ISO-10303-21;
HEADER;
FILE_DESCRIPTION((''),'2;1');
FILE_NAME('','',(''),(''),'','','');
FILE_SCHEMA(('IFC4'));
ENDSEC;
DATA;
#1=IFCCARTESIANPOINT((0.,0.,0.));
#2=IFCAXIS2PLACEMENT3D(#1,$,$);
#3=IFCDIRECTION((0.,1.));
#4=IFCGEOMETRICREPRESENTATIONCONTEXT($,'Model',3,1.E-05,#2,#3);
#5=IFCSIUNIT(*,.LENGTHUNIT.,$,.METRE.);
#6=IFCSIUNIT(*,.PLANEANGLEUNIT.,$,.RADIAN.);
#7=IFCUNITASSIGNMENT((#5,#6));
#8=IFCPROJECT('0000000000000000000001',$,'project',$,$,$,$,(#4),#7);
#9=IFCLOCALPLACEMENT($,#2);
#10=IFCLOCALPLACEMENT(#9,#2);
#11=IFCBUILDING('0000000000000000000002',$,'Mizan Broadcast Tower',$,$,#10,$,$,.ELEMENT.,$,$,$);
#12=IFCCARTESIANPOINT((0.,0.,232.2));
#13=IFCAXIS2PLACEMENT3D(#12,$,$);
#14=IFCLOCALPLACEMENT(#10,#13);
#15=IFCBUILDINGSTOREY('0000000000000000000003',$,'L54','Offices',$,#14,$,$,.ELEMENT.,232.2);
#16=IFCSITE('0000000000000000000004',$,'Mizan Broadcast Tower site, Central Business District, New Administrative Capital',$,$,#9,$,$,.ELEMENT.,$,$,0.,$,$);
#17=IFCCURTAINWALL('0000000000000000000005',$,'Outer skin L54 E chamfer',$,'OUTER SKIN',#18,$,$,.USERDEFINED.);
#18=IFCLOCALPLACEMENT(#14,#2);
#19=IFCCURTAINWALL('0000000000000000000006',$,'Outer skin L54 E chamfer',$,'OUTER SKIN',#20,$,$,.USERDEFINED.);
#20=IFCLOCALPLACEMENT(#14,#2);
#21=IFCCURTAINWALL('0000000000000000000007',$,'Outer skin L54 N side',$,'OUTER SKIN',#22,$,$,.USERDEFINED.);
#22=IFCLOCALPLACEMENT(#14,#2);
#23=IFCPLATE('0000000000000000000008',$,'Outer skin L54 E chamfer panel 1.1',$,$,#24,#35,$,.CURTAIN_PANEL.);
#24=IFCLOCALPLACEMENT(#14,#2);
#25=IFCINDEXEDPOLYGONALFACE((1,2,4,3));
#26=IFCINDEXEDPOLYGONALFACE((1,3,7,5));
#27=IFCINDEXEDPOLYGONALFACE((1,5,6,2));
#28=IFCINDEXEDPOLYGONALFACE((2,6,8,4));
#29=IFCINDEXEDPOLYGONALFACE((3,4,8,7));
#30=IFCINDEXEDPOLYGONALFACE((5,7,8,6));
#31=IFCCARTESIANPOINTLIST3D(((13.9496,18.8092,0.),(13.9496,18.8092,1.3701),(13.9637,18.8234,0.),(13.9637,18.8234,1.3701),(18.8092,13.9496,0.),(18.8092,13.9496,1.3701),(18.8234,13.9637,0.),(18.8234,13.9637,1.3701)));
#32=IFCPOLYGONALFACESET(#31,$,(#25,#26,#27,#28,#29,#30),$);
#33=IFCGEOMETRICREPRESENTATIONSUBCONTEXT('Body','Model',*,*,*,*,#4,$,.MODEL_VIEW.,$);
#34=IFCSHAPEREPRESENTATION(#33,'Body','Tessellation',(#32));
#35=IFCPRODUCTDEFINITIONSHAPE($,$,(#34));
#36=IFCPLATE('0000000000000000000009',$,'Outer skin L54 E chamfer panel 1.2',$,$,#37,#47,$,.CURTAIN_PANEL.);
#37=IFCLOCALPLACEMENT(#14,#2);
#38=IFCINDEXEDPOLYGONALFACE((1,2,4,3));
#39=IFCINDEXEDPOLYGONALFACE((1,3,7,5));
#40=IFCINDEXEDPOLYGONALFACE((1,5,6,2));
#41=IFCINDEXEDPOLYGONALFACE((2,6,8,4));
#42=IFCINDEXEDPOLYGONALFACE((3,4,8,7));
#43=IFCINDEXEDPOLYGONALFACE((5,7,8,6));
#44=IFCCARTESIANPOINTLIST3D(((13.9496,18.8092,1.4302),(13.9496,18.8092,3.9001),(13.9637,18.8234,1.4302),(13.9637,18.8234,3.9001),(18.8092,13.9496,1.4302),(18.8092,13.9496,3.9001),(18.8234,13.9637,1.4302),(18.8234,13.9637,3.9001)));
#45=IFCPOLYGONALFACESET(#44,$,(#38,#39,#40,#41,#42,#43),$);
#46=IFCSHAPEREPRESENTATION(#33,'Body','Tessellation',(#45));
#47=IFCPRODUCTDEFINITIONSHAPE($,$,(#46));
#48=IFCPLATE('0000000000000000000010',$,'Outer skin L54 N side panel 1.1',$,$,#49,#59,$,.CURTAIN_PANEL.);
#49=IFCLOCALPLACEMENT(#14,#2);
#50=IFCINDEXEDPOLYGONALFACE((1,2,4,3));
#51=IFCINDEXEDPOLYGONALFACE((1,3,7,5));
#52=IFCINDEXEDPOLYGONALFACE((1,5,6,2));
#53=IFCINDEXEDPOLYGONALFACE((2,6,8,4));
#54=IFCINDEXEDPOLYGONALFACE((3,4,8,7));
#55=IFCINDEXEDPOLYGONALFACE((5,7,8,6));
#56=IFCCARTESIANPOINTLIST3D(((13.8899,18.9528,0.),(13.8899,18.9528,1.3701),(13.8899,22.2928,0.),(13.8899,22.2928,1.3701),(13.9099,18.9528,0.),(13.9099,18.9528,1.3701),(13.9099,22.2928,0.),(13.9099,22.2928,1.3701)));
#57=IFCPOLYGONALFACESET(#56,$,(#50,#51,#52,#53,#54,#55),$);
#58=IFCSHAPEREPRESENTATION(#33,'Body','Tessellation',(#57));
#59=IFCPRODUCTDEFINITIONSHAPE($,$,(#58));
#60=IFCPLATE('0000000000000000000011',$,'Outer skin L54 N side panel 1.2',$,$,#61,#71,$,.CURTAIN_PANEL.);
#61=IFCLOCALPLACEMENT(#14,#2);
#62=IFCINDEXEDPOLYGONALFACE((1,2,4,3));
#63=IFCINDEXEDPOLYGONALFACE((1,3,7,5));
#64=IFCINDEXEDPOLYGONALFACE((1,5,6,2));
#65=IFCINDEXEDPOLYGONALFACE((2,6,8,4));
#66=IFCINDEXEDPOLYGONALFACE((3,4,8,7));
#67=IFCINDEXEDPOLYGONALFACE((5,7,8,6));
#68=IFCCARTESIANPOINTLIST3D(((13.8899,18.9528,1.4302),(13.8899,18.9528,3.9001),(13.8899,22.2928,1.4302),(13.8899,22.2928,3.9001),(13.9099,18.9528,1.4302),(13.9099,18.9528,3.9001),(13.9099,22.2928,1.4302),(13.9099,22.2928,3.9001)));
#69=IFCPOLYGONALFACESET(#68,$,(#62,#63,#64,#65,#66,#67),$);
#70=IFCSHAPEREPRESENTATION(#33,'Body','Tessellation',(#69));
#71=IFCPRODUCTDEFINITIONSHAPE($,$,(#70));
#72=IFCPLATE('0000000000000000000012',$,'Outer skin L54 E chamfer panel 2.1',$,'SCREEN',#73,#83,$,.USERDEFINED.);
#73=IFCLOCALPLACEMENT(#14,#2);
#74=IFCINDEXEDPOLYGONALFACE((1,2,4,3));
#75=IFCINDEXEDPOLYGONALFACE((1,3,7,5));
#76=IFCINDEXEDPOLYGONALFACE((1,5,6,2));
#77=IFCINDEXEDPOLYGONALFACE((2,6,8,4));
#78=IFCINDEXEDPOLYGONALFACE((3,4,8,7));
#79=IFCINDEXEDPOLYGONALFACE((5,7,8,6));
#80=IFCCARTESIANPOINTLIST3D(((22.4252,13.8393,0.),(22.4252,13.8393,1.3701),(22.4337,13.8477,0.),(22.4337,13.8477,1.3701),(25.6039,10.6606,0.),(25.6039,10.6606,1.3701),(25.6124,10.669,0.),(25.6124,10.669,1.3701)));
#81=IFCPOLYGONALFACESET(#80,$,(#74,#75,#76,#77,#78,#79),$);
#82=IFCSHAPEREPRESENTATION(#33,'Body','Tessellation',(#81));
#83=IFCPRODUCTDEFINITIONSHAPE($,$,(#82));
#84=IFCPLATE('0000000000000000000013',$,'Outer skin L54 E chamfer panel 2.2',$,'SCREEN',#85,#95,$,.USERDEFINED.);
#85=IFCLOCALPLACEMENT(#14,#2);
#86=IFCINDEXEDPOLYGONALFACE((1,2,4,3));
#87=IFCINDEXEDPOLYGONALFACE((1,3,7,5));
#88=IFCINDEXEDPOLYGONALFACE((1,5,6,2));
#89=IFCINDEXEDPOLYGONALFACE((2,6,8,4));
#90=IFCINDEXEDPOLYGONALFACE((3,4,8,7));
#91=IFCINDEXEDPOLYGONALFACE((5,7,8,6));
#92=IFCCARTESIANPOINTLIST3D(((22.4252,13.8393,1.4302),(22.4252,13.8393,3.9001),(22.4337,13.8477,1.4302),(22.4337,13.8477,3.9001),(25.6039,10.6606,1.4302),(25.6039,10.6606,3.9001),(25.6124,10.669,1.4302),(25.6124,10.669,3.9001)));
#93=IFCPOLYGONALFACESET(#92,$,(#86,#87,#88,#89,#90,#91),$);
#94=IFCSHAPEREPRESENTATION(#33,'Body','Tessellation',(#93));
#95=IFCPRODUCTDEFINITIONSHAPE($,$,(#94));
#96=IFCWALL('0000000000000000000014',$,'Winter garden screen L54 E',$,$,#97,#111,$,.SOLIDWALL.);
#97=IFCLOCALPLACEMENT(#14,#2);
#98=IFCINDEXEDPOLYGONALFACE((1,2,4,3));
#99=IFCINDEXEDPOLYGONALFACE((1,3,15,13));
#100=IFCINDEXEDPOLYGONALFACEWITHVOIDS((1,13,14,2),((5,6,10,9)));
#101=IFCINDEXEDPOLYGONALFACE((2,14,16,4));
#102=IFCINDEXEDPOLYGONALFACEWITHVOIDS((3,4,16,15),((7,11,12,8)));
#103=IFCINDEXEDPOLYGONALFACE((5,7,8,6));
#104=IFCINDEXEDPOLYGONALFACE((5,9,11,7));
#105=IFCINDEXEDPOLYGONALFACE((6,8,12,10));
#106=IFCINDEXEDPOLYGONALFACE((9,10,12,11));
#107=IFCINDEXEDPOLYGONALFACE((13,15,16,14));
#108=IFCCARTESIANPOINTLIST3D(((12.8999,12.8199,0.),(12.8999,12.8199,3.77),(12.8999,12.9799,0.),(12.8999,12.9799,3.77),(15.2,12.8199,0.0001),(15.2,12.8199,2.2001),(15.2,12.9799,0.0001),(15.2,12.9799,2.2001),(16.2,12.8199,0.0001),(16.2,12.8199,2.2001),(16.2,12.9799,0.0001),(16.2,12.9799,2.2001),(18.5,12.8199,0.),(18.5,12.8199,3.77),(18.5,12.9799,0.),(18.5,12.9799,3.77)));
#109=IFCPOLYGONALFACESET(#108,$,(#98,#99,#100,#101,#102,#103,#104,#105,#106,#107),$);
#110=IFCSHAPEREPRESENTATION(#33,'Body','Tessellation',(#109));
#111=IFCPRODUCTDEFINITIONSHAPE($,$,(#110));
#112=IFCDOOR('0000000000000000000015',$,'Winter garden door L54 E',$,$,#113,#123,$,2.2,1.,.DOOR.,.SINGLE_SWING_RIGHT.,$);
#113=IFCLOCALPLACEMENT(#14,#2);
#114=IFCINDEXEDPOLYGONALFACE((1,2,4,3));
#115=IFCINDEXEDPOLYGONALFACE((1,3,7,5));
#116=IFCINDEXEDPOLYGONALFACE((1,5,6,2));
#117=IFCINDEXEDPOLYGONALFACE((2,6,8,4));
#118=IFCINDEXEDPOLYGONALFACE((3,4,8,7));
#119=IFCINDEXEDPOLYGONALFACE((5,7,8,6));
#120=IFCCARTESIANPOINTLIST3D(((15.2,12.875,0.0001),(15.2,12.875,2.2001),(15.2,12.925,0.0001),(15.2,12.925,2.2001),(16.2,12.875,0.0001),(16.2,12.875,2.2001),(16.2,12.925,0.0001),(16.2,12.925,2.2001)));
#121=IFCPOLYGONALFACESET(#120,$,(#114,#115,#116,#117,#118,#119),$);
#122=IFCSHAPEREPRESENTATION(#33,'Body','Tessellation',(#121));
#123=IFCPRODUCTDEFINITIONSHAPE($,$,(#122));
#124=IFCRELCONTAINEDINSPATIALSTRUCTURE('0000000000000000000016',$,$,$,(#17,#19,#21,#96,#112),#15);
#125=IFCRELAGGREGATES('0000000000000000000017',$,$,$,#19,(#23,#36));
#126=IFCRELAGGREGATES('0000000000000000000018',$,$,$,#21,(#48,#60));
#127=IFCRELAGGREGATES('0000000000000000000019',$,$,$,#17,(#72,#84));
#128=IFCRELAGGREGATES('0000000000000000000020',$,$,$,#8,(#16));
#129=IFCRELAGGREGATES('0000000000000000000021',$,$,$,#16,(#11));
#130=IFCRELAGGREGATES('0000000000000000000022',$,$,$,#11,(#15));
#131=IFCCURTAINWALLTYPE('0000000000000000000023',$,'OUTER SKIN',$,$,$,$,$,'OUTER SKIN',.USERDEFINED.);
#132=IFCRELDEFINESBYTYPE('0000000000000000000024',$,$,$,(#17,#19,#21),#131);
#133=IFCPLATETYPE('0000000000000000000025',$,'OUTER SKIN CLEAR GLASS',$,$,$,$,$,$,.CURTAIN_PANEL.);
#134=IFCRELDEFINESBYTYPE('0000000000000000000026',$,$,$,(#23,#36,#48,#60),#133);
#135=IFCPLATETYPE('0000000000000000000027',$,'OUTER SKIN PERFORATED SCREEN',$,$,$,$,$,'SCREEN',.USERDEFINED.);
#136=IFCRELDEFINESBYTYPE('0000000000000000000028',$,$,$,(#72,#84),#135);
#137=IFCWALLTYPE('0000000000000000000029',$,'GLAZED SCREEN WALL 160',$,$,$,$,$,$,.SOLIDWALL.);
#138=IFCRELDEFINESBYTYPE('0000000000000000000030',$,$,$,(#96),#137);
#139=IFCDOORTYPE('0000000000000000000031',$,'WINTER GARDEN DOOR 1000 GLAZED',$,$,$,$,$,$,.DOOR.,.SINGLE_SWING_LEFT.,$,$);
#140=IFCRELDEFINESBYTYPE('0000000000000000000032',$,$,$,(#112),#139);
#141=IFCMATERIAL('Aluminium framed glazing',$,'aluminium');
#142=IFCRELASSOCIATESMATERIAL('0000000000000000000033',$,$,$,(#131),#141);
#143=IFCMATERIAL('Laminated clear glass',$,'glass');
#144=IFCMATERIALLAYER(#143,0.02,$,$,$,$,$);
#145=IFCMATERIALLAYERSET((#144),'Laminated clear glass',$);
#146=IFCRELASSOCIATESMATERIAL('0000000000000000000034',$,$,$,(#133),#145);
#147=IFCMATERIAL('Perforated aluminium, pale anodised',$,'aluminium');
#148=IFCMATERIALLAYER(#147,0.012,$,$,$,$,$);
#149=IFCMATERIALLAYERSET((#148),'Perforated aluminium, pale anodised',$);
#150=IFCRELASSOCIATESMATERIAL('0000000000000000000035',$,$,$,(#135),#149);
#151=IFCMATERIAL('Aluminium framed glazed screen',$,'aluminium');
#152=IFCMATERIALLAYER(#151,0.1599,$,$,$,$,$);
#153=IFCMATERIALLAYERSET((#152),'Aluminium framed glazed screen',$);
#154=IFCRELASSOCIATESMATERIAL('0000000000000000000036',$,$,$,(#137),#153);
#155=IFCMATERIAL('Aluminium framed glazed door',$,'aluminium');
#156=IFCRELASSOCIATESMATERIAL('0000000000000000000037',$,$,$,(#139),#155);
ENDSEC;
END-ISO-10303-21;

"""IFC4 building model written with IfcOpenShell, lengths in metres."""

from ifc_helpers import new_model, si_unit, direction, frame, frame_2d, origin, origin_2d, place, context, subcontext, project, spatial, rectangle, extrude, material, layer, layer_set, type_object, element, fill, aggregate, save


model = new_model("IFC4")

# Units and contexts
model_context = context("Model", 3, precision=1e-05, world=origin(), true_north=direction((0.0, 1.0)))
body_context = subcontext(model_context, "Body", "Model", "MODEL_VIEW")
ifc_project = project(units=[si_unit("LENGTHUNIT", "METRE"), si_unit("PLANEANGLEUNIT", "RADIAN")], contexts=[model_context])

# Site, building, storey
site_placement = place(None, origin())
site = spatial("IfcSite", under=ifc_project, at=site_placement, Name="Mizan Broadcast Tower site, Central Business District, New Administrative Capital", CompositionType="ELEMENT", RefElevation=0.0)
building_placement = place(site_placement, origin())
building = spatial("IfcBuilding", under=site, at=building_placement, Name="Mizan Broadcast Tower", CompositionType="ELEMENT")
storey_placement = place(building_placement, frame((0.0, 0.0, 232.2)))
storey = spatial("IfcBuildingStorey", under=building, at=storey_placement, Name="L54", Description="Offices", CompositionType="ELEMENT", Elevation=232.2)

# Curtain walls
ifc_material_1 = material(Name="Aluminium framed glazing", Category="aluminium")
curtain_wall_type_1 = type_object("IfcCurtainWallType", Name="OUTER SKIN", ElementType="OUTER SKIN", PredefinedType="USERDEFINED", material=ifc_material_1)
curtain_wall_1_placement = place(storey_placement, origin())
curtain_wall_1 = element("IfcCurtainWall", 1, at=curtain_wall_1_placement, inside=storey, type_object=curtain_wall_type_1, Name="Outer skin L54 E chamfer", ObjectType="OUTER SKIN", PredefinedType="USERDEFINED")
curtain_wall_2_placement = place(storey_placement, origin())
curtain_wall_2 = element("IfcCurtainWall", 2, at=curtain_wall_2_placement, inside=storey, type_object=curtain_wall_type_1, Name="Outer skin L54 E chamfer", ObjectType="OUTER SKIN", PredefinedType="USERDEFINED")
curtain_wall_3_placement = place(storey_placement, origin())
curtain_wall_3 = element("IfcCurtainWall", 3, at=curtain_wall_3_placement, inside=storey, type_object=curtain_wall_type_1, Name="Outer skin L54 N side", ObjectType="OUTER SKIN", PredefinedType="USERDEFINED")

# Plates
ifc_material_2 = material(Name="Laminated clear glass", Category="glass")
ifc_layer_1 = layer(ifc_material_2, 0.02)
ifc_layer_set_1 = layer_set([ifc_layer_1], Name="Laminated clear glass")
plate_type_1 = type_object("IfcPlateType", Name="OUTER SKIN CLEAR GLASS", PredefinedType="CURTAIN_PANEL", material=ifc_layer_set_1)
plate_1_placement = place(storey_placement, frame((16.3865, 16.3865, 0.0), z_axis=(0.0, 0.0, 1.0), x_axis=(-0.707107, 0.707107, 0.0)))
plate_1 = element("IfcPlate", 4, at=plate_1_placement, type_object=plate_type_1, Name="Outer skin L54 E chamfer panel 1.1", PredefinedType="CURTAIN_PANEL", context=body_context, shape_type="SweptSolid", body=[
    extrude(rectangle(XDim=6.8726, YDim=0.02, at=origin_2d()), origin(), (0.0, 0.0, 1.0), 1.3701),
])
plate_2_placement = place(storey_placement, frame((16.3865, 16.3865, 1.4302), z_axis=(0.0, 0.0, 1.0), x_axis=(-0.707107, 0.707107, 0.0)))
plate_2 = element("IfcPlate", 5, at=plate_2_placement, type_object=plate_type_1, Name="Outer skin L54 E chamfer panel 1.2", PredefinedType="CURTAIN_PANEL", context=body_context, shape_type="SweptSolid", body=[
    extrude(rectangle(XDim=6.8726, YDim=0.02, at=origin_2d()), origin(), (0.0, 0.0, 1.0), 2.47),
])
aggregate(curtain_wall_2, [plate_1, plate_2])
plate_3_placement = place(storey_placement, frame((13.8999, 20.6228, 0.0), z_axis=(0.0, 0.0, 1.0), x_axis=(0.0, 1.0, 0.0)))
plate_3 = element("IfcPlate", 6, at=plate_3_placement, type_object=plate_type_1, Name="Outer skin L54 N side panel 1.1", PredefinedType="CURTAIN_PANEL", context=body_context, shape_type="SweptSolid", body=[
    extrude(rectangle(XDim=3.3401, YDim=0.02, at=origin_2d()), origin(), (0.0, 0.0, 1.0), 1.3701),
])
plate_4_placement = place(storey_placement, frame((13.8999, 20.6228, 1.4302), z_axis=(0.0, 0.0, 1.0), x_axis=(0.0, 1.0, 0.0)))
plate_4 = element("IfcPlate", 7, at=plate_4_placement, type_object=plate_type_1, Name="Outer skin L54 N side panel 1.2", PredefinedType="CURTAIN_PANEL", context=body_context, shape_type="SweptSolid", body=[
    extrude(rectangle(XDim=3.3401, YDim=0.02, at=origin_2d()), origin(), (0.0, 0.0, 1.0), 2.47),
])
aggregate(curtain_wall_3, [plate_3, plate_4])
ifc_material_3 = material(Name="Perforated aluminium, pale anodised", Category="aluminium")
ifc_layer_2 = layer(ifc_material_3, 0.012)
ifc_layer_set_2 = layer_set([ifc_layer_2], Name="Perforated aluminium, pale anodised")
plate_type_2 = type_object("IfcPlateType", Name="OUTER SKIN PERFORATED SCREEN", ElementType="SCREEN", PredefinedType="USERDEFINED", material=ifc_layer_set_2)
plate_5_placement = place(storey_placement, frame((24.0188, 12.2542, 0.0), z_axis=(0.0, 0.0, 1.0), x_axis=(-0.707107, 0.707107, 0.0)))
plate_5 = element("IfcPlate", 8, at=plate_5_placement, type_object=plate_type_2, Name="Outer skin L54 E chamfer panel 2.1", ObjectType="SCREEN", PredefinedType="USERDEFINED", context=body_context, shape_type="SweptSolid", body=[
    extrude(rectangle(XDim=4.4954, YDim=0.012, at=origin_2d()), origin(), (0.0, 0.0, 1.0), 1.3701),
])
plate_6_placement = place(storey_placement, frame((24.0188, 12.2542, 1.4302), z_axis=(0.0, 0.0, 1.0), x_axis=(-0.707107, 0.707107, 0.0)))
plate_6 = element("IfcPlate", 9, at=plate_6_placement, type_object=plate_type_2, Name="Outer skin L54 E chamfer panel 2.2", ObjectType="SCREEN", PredefinedType="USERDEFINED", context=body_context, shape_type="SweptSolid", body=[
    extrude(rectangle(XDim=4.4954, YDim=0.012, at=origin_2d()), origin(), (0.0, 0.0, 1.0), 2.47),
])
aggregate(curtain_wall_1, [plate_5, plate_6])

# Wall, opening, door
ifc_material_4 = material(Name="Aluminium framed glazed screen", Category="aluminium")
ifc_layer_3 = layer(ifc_material_4, 0.1599)
ifc_layer_set_3 = layer_set([ifc_layer_3], Name="Aluminium framed glazed screen")
wall_type = type_object("IfcWallType", Name="GLAZED SCREEN WALL 160", PredefinedType="SOLIDWALL", material=ifc_layer_set_3)
wall_placement = place(storey_placement, frame((18.5, 12.8999, 0.0), z_axis=(0.0, 0.0, 1.0), x_axis=(-1.0, 0.0, 0.0)))
wall = element("IfcWall", 10, at=wall_placement, inside=storey, type_object=wall_type, Name="Winter garden screen L54 E", PredefinedType="SOLIDWALL", context=body_context, shape_type="SweptSolid", body=[
    extrude(rectangle(XDim=5.6001, YDim=0.1599, at=frame_2d((2.8, 0.0))), origin(), (0.0, 0.0, 1.0), 3.77),
])
opening_placement = place(wall_placement, frame((2.3, 0.0, 0.0)))
opening = element("IfcOpeningElement", 11, at=opening_placement, cuts=wall, PredefinedType="OPENING", context=body_context, shape_type="SweptSolid", body=[
    extrude(rectangle(XDim=1.0, YDim=2.2, at=frame_2d((0.5, 1.1001))), frame((0.0, 0.0898, 0.0), z_axis=(0.0, -1.0, 0.0), x_axis=(1.0, 0.0, 0.0)), (0.0, 0.0, 1.0), 0.1799),
])
ifc_material_5 = material(Name="Aluminium framed glazed door", Category="aluminium")
door_type = type_object("IfcDoorType", Name="WINTER GARDEN DOOR 1000 GLAZED", OperationType="SINGLE_SWING_LEFT", PredefinedType="DOOR", material=ifc_material_5)
door_placement = place(opening_placement, origin())
door = element("IfcDoor", 12, at=door_placement, inside=storey, type_object=door_type, Name="Winter garden door L54 E", OperationType="SINGLE_SWING_RIGHT", OverallHeight=2.2, OverallWidth=1.0, PredefinedType="DOOR", context=body_context, shape_type="SweptSolid", body=[
    extrude(rectangle(XDim=1.0, YDim=2.2, at=frame_2d((0.5, 1.1001))), frame((0.0, 0.0249, 0.0), z_axis=(0.0, -1.0, 0.0), x_axis=(1.0, 0.0, 0.0)), (0.0, 0.0, 1.0), 0.05),
])
fill(opening, door)

save(model, "model.ifc")
